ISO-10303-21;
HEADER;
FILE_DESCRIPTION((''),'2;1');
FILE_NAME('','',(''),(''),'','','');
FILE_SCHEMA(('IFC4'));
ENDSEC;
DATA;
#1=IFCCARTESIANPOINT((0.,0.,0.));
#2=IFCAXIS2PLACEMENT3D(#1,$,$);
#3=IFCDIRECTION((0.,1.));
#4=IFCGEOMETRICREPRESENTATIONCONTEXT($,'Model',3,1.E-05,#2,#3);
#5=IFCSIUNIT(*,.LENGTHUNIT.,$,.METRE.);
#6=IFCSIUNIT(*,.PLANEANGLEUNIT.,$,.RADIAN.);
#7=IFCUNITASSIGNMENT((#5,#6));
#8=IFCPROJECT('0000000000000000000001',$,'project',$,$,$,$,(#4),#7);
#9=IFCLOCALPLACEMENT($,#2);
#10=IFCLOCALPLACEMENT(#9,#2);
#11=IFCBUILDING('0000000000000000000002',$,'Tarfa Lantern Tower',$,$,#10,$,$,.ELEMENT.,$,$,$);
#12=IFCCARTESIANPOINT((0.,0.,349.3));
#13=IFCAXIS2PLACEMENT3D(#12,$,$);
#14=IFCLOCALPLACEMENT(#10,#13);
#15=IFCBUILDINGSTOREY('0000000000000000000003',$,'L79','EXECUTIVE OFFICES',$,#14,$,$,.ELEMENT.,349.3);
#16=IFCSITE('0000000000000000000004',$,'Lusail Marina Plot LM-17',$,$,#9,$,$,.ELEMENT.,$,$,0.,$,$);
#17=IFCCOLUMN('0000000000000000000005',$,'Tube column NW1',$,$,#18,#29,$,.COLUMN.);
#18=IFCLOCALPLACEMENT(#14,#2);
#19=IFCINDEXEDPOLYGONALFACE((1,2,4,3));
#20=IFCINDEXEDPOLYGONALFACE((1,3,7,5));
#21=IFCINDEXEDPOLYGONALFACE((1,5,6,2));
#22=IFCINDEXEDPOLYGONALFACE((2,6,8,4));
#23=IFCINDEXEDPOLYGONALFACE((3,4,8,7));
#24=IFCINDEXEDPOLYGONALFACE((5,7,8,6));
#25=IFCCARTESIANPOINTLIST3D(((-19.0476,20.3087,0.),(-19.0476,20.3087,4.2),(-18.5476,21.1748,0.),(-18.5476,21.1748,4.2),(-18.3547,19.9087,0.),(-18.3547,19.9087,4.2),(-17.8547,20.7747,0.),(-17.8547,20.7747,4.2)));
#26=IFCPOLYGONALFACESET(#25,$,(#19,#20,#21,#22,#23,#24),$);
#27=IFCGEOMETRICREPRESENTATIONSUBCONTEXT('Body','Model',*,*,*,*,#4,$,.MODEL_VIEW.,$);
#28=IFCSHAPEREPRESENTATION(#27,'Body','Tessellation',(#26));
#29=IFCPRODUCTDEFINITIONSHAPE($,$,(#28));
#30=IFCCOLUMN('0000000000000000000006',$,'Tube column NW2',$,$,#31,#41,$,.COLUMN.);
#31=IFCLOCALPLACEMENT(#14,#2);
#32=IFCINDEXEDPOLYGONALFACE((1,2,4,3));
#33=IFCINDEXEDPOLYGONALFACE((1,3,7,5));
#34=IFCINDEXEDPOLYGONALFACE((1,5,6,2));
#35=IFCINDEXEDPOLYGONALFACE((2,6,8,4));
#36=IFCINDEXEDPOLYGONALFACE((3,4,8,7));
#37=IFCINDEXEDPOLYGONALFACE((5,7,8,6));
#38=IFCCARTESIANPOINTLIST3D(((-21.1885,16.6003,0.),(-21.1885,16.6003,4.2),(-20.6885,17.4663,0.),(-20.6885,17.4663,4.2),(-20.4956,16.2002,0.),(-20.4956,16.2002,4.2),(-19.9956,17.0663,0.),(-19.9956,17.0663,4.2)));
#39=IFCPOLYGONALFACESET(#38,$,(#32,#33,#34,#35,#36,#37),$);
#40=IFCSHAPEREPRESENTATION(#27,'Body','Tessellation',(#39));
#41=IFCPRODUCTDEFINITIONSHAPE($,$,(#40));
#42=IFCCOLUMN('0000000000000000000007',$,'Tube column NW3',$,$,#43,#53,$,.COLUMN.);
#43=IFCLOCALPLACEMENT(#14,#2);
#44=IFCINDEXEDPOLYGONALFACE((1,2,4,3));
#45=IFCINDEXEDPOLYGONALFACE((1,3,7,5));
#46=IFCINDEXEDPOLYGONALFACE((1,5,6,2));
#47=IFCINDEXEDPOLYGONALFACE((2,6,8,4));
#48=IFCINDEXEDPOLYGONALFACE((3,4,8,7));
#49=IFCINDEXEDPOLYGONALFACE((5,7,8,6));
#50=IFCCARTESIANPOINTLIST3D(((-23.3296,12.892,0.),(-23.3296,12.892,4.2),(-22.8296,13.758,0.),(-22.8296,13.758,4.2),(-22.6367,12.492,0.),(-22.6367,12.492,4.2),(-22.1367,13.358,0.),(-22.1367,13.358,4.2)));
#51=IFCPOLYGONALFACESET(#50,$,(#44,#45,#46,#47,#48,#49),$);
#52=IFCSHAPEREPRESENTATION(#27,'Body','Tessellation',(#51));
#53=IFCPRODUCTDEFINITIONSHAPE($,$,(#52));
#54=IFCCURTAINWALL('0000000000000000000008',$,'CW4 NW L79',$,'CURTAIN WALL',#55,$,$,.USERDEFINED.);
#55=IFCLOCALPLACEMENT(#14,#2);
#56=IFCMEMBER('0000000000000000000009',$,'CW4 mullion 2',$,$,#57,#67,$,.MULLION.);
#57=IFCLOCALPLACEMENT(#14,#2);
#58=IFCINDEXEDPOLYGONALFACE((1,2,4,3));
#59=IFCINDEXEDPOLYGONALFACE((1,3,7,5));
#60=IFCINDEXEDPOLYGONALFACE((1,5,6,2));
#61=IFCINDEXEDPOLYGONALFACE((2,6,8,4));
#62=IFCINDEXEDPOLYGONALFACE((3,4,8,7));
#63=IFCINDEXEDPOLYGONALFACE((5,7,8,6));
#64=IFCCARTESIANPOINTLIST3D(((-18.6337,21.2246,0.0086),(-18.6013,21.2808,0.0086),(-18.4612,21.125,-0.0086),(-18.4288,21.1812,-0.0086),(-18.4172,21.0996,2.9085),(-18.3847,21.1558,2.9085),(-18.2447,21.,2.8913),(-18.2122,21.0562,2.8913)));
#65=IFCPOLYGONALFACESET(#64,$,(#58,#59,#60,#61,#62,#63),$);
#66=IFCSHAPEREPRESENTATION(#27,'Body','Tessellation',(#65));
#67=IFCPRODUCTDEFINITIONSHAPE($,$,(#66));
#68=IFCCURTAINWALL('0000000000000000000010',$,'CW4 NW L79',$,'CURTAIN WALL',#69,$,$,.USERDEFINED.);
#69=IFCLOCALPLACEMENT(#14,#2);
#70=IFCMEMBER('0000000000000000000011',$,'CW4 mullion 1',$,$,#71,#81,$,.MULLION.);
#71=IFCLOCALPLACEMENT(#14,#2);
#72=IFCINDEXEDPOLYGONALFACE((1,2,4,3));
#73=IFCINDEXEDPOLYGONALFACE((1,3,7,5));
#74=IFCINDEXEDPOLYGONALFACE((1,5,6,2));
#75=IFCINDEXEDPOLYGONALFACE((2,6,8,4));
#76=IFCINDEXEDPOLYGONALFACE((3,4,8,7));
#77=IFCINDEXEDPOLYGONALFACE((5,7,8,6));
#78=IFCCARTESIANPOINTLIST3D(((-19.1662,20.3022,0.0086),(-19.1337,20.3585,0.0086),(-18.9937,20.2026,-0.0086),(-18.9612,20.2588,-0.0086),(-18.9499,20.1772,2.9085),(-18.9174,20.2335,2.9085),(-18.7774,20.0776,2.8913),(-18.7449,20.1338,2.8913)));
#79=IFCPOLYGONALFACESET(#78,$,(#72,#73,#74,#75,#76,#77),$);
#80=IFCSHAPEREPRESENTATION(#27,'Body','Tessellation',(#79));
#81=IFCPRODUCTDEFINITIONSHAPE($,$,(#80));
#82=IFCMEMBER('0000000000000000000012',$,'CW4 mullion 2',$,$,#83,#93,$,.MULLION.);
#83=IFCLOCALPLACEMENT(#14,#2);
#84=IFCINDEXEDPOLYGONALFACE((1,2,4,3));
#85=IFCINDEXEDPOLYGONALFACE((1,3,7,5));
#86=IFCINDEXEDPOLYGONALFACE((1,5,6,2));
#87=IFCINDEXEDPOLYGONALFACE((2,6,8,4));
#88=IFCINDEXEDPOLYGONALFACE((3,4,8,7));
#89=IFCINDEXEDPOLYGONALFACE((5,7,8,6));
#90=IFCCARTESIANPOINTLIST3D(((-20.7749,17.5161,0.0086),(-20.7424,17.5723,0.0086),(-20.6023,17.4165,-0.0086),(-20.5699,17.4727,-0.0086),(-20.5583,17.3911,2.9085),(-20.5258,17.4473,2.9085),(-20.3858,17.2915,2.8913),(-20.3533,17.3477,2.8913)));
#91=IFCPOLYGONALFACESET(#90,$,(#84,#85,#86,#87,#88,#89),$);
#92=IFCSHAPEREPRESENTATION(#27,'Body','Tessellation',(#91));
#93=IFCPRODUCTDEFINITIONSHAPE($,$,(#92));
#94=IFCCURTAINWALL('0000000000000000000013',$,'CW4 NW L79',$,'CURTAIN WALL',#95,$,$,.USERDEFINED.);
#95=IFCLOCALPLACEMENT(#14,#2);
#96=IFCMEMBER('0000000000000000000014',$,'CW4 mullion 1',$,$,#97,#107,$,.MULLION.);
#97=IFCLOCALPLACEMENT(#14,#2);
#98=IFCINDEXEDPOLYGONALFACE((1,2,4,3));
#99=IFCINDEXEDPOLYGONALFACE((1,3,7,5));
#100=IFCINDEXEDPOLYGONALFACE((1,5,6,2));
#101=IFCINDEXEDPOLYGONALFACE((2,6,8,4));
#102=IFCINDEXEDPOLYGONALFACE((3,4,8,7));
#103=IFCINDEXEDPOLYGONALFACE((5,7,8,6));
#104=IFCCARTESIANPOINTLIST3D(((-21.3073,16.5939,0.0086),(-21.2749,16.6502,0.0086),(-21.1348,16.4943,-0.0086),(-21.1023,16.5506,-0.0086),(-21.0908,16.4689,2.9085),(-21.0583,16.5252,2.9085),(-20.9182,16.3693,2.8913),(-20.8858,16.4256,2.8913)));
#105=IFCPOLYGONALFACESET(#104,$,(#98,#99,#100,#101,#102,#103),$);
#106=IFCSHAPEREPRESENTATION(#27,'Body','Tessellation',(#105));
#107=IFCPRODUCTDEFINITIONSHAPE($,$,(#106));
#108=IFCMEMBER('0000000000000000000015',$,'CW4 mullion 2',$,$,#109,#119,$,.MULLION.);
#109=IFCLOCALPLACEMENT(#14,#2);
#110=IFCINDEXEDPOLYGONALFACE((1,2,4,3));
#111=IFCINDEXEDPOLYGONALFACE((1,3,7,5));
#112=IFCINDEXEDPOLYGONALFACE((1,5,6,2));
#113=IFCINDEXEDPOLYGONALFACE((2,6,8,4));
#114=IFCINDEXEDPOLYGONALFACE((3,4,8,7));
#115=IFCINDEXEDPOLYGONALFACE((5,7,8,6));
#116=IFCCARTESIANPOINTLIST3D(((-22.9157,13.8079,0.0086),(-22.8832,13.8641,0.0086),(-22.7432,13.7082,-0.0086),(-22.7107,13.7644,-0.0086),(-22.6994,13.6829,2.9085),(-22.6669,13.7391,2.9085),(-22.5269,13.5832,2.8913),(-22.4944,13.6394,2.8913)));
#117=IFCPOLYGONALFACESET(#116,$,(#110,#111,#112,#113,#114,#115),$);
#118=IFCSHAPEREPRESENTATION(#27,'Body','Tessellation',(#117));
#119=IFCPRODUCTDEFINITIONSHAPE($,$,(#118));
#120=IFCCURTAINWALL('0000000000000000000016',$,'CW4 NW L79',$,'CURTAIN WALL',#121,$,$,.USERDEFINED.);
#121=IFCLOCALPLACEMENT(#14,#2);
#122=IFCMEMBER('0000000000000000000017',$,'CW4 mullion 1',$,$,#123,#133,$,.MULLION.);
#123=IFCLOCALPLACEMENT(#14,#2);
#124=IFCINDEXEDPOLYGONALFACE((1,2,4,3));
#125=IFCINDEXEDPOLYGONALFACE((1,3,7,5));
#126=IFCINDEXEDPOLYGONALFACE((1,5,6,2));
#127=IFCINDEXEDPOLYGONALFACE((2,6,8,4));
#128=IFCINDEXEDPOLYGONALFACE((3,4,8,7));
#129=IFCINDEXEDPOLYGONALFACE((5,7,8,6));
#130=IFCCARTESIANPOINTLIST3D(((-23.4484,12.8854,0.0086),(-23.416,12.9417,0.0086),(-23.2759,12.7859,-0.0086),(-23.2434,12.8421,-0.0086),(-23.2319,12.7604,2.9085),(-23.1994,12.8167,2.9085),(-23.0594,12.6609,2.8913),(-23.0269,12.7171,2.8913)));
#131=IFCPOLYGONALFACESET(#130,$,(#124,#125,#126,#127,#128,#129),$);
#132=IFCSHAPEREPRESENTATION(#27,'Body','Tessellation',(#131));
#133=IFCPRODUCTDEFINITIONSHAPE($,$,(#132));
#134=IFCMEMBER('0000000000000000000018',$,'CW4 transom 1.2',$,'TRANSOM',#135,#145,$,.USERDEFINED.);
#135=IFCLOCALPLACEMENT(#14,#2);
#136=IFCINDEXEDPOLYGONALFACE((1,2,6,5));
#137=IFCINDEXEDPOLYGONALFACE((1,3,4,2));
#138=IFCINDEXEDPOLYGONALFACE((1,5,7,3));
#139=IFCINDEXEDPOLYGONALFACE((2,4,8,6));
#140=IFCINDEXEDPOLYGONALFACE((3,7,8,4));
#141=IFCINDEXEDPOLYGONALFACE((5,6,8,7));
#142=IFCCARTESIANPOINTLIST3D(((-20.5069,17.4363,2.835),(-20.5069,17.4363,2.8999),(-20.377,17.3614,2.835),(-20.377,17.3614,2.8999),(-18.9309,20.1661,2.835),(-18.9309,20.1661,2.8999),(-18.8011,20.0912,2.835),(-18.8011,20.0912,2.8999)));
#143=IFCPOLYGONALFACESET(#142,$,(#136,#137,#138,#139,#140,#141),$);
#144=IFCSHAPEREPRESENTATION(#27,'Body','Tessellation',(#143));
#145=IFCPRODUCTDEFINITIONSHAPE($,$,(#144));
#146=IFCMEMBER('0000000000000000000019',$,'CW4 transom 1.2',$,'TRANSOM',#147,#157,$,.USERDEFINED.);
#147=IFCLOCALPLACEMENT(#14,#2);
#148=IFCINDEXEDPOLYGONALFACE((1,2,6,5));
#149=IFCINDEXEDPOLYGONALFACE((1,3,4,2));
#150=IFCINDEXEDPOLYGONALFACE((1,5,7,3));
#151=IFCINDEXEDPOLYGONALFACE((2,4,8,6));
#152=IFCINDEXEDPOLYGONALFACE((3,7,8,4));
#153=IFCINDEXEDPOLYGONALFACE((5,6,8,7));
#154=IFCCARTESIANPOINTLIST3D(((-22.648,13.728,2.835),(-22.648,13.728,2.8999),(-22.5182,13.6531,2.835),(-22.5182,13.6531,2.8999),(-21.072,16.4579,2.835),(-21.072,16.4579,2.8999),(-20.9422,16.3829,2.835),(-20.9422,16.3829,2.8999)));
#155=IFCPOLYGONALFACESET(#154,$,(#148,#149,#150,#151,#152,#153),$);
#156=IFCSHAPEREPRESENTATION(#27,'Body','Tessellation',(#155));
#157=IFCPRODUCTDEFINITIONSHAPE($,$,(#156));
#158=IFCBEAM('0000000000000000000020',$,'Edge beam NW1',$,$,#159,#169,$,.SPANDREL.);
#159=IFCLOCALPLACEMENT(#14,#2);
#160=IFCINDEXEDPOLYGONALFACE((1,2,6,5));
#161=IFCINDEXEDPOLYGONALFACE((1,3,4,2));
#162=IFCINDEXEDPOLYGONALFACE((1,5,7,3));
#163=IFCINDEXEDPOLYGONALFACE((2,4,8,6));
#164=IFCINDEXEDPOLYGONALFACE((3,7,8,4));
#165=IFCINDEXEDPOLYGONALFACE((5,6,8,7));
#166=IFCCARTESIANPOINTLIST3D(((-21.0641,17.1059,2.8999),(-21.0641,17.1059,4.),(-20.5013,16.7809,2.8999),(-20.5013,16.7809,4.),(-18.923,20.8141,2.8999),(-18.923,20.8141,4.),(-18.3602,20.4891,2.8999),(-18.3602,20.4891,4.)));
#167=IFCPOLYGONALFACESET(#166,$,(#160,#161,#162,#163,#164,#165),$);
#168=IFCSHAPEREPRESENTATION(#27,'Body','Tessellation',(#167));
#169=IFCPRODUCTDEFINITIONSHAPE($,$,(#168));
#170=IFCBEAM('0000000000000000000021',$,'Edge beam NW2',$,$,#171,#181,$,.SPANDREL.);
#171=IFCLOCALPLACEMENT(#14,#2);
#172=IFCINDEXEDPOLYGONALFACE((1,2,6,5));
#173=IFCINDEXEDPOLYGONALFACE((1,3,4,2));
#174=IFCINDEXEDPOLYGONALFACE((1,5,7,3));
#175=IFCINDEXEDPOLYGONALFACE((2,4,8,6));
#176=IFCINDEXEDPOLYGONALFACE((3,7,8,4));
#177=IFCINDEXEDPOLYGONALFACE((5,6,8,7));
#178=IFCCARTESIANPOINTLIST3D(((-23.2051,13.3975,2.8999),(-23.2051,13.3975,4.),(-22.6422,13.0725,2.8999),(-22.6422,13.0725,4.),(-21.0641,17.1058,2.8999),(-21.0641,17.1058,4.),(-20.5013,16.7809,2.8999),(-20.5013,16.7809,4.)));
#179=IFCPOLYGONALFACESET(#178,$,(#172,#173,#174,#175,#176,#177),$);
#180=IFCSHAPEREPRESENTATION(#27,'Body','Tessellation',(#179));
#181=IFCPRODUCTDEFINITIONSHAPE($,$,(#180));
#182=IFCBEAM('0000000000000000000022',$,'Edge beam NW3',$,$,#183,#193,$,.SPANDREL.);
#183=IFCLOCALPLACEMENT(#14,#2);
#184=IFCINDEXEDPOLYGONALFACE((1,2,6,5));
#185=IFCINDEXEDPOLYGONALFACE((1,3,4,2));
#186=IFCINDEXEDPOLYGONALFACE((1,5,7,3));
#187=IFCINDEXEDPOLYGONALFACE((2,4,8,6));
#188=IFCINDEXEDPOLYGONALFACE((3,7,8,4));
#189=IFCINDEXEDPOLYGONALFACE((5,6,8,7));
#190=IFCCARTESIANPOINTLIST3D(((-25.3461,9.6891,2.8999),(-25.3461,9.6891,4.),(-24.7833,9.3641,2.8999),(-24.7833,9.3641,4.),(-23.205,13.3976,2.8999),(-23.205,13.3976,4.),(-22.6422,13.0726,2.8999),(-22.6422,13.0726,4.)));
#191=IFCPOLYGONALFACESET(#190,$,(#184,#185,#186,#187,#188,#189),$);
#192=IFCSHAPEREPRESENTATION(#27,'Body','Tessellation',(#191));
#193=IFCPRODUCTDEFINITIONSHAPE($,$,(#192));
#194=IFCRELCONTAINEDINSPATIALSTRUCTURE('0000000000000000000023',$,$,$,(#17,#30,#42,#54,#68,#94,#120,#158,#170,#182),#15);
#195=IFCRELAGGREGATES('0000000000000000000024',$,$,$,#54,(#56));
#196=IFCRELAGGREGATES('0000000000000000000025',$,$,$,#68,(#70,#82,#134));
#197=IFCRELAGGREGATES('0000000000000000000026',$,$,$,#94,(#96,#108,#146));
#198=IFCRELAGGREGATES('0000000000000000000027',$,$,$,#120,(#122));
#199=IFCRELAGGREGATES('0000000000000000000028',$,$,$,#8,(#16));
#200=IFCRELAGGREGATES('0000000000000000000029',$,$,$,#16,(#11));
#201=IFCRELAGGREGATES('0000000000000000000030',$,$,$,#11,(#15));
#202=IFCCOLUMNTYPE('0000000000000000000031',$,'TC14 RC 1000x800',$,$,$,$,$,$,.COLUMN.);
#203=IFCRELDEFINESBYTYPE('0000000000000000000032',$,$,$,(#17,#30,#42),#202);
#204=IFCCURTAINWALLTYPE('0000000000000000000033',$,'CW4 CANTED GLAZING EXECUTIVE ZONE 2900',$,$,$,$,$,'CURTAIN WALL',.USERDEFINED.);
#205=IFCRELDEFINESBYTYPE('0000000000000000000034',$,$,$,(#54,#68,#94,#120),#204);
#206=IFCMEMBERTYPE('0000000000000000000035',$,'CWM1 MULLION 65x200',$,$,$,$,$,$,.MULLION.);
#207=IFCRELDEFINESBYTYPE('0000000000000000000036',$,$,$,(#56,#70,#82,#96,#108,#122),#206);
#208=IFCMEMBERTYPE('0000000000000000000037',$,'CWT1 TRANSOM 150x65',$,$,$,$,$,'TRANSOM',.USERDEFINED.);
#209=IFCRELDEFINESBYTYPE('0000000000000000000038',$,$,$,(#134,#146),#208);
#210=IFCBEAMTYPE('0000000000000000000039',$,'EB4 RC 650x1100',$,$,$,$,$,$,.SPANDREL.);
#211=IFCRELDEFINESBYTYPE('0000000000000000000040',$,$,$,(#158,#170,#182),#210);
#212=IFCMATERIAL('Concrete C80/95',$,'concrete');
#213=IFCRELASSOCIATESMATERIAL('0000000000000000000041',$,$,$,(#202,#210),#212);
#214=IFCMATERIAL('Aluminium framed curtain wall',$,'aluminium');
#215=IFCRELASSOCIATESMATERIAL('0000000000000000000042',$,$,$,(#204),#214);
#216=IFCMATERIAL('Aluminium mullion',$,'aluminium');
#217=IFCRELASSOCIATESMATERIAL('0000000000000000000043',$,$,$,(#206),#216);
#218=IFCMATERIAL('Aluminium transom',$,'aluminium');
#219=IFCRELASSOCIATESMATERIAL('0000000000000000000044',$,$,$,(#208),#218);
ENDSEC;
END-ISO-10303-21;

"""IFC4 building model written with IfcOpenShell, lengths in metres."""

from ifc_helpers import new_model, si_unit, direction, frame, origin, origin_2d, place, context, subcontext, project, spatial, rectangle, extrude, material, material_profile, profile_set, type_object, element, aggregate, save


model = new_model("IFC4")

# Units and contexts
model_context = context("Model", 3, precision=1e-05, world=origin(), true_north=direction((0.0, 1.0)))
body_context = subcontext(model_context, "Body", "Model", "MODEL_VIEW")
ifc_project = project(units=[si_unit("LENGTHUNIT", "METRE"), si_unit("PLANEANGLEUNIT", "RADIAN")], contexts=[model_context])

# Site, building, storey
site_placement = place(None, origin())
site = spatial("IfcSite", under=ifc_project, at=site_placement, Name="Lusail Marina Plot LM-17", CompositionType="ELEMENT", RefElevation=0.0)
building_placement = place(site_placement, origin())
building = spatial("IfcBuilding", under=site, at=building_placement, Name="Tarfa Lantern Tower", CompositionType="ELEMENT")
storey_placement = place(building_placement, frame((0.0, 0.0, 349.3)))
storey = spatial("IfcBuildingStorey", under=building, at=storey_placement, Name="L79", Description="EXECUTIVE OFFICES", CompositionType="ELEMENT", Elevation=349.3)

# Columns
ifc_material_1 = material(Name="Concrete C80/95", Category="concrete")
ifc_material_profile_1 = material_profile(ifc_material_1, rectangle(XDim=1.0, YDim=0.8, at=origin_2d()), Name="RC 1000x800")
ifc_profile_set_1 = profile_set([ifc_material_profile_1], Name="Concrete C80/95")
column_type = type_object("IfcColumnType", Name="TC14 RC 1000x800", PredefinedType="COLUMN", material=ifc_profile_set_1)
for number, where, z_axis, x_axis, name in (
    (1, (-18.4512, 20.5417, 0.0), (0.0, 0.0, 1.0), (-0.5, -0.866025, 0.0), "Tube column NW1"),
    (2, (-20.592, 16.8333, 0.0), (0.0, 0.0, 1.0), (-0.5, -0.866025, 0.0), "Tube column NW2"),
    (3, (-22.7332, 13.125, 0.0), (0.0, 0.0, 1.0), (-0.5, -0.866025, 0.0), "Tube column NW3"),
):
    element("IfcColumn", number, at=place(storey_placement, frame(where, z_axis=z_axis, x_axis=x_axis)), inside=storey, type_object=column_type, Name=name, PredefinedType="COLUMN", context=body_context, shape_type="SweptSolid", body=[
        extrude(rectangle(XDim=1.0, YDim=0.8, at=origin_2d()), origin(), (0.0, 0.0, 1.0), 4.2),
    ])

# Curtain wall, member
ifc_material_2 = material(Name="Aluminium framed curtain wall", Category="aluminium")
curtain_wall_type = type_object("IfcCurtainWallType", Name="CW4 CANTED GLAZING EXECUTIVE ZONE 2900", ElementType="CURTAIN WALL", PredefinedType="USERDEFINED", material=ifc_material_2)
curtain_wall_1_placement = place(storey_placement, origin())
curtain_wall_1 = element("IfcCurtainWall", 4, at=curtain_wall_1_placement, inside=storey, type_object=curtain_wall_type, Name="CW4 NW L79", ObjectType="CURTAIN WALL", PredefinedType="USERDEFINED")
ifc_material_3 = material(Name="Aluminium mullion", Category="aluminium")
ifc_material_profile_2 = material_profile(ifc_material_3, rectangle(XDim=0.0649, YDim=0.2, at=origin_2d()), Name="AL MULLION 65x200")
ifc_profile_set_2 = profile_set([ifc_material_profile_2], Name="Aluminium mullion")
member_type_1 = type_object("IfcMemberType", Name="CWM1 MULLION 65x200", PredefinedType="MULLION", material=ifc_profile_set_2)
member_1_placement = place(storey_placement, frame((-18.5312, 21.2029, 0.0), z_axis=(0.0744, -0.042946, 0.996303), x_axis=(0.49992, 0.866072, 0.0)))
member_1 = element("IfcMember", 5, at=member_1_placement, type_object=member_type_1, Name="CW4 mullion 2", PredefinedType="MULLION", context=body_context, shape_type="SweptSolid", body=[
    extrude(rectangle(XDim=0.0649, YDim=0.2, at=origin_2d()), origin(), (0.0, 0.0, 1.0), 2.9106),
])
aggregate(curtain_wall_1, [member_1])

# Curtain walls, members
curtain_wall_2_placement = place(storey_placement, origin())
curtain_wall_2 = element("IfcCurtainWall", 6, at=curtain_wall_2_placement, inside=storey, type_object=curtain_wall_type, Name="CW4 NW L79", ObjectType="CURTAIN WALL", PredefinedType="USERDEFINED")
member_2_placement = place(storey_placement, frame((-19.0637, 20.2805, 0.0), z_axis=(0.074316, -0.042946, 0.99631), x_axis=(0.500343, 0.865827, 0.0)))
member_2 = element("IfcMember", 7, at=member_2_placement, type_object=member_type_1, Name="CW4 mullion 1", PredefinedType="MULLION", context=body_context, shape_type="SweptSolid", body=[
    extrude(rectangle(XDim=0.0649, YDim=0.2, at=origin_2d()), origin(), (0.0, 0.0, 1.0), 2.9106),
])
member_3_placement = place(storey_placement, frame((-20.6724, 17.4944, 0.0), z_axis=(0.0744, -0.042946, 0.996303), x_axis=(0.49992, 0.866072, 0.0)))
member_3 = element("IfcMember", 8, at=member_3_placement, type_object=member_type_1, Name="CW4 mullion 2", PredefinedType="MULLION", context=body_context, shape_type="SweptSolid", body=[
    extrude(rectangle(XDim=0.0649, YDim=0.2, at=origin_2d()), origin(), (0.0, 0.0, 1.0), 2.9106),
])
curtain_wall_3_placement = place(storey_placement, origin())
curtain_wall_3 = element("IfcCurtainWall", 9, at=curtain_wall_3_placement, inside=storey, type_object=curtain_wall_type, Name="CW4 NW L79", ObjectType="CURTAIN WALL", PredefinedType="USERDEFINED")
member_4_placement = place(storey_placement, frame((-21.2048, 16.5723, 0.0), z_axis=(0.0744, -0.042946, 0.996303), x_axis=(0.49992, 0.866072, 0.0)))
member_4 = element("IfcMember", 10, at=member_4_placement, type_object=member_type_1, Name="CW4 mullion 1", PredefinedType="MULLION", context=body_context, shape_type="SweptSolid", body=[
    extrude(rectangle(XDim=0.0649, YDim=0.2, at=origin_2d()), origin(), (0.0, 0.0, 1.0), 2.9106),
])
member_5_placement = place(storey_placement, frame((-22.8132, 13.7861, 0.0), z_axis=(0.074316, -0.042946, 0.99631), x_axis=(0.500343, 0.865827, 0.0)))
member_5 = element("IfcMember", 11, at=member_5_placement, type_object=member_type_1, Name="CW4 mullion 2", PredefinedType="MULLION", context=body_context, shape_type="SweptSolid", body=[
    extrude(rectangle(XDim=0.0649, YDim=0.2, at=origin_2d()), origin(), (0.0, 0.0, 1.0), 2.9106),
])

# Curtain wall, member
curtain_wall_4_placement = place(storey_placement, origin())
curtain_wall_4 = element("IfcCurtainWall", 12, at=curtain_wall_4_placement, inside=storey, type_object=curtain_wall_type, Name="CW4 NW L79", ObjectType="CURTAIN WALL", PredefinedType="USERDEFINED")
member_6_placement = place(storey_placement, frame((-23.3459, 12.8638, 0.0), z_axis=(0.0744, -0.042946, 0.996303), x_axis=(0.49992, 0.866072, 0.0)))
member_6 = element("IfcMember", 13, at=member_6_placement, type_object=member_type_1, Name="CW4 mullion 1", PredefinedType="MULLION", context=body_context, shape_type="SweptSolid", body=[
    extrude(rectangle(XDim=0.0649, YDim=0.2, at=origin_2d()), origin(), (0.0, 0.0, 1.0), 2.9106),
])

# Members
ifc_material_4 = material(Name="Aluminium transom", Category="aluminium")
ifc_material_profile_3 = material_profile(ifc_material_4, rectangle(XDim=0.1499, YDim=0.0649, at=origin_2d()), Name="AL TRANSOM 150x65")
ifc_profile_set_3 = profile_set([ifc_material_profile_3], Name="Aluminium transom")
member_type_2 = type_object("IfcMemberType", Name="CWT1 TRANSOM 150x65", ElementType="TRANSOM", PredefinedType="USERDEFINED", material=ifc_profile_set_3)
member_7_placement = place(storey_placement, frame((-18.866, 20.1287, 2.8674), z_axis=(-0.499979, -0.866037, 0.0), x_axis=(0.866037, -0.499979, 0.0)))
member_7 = element("IfcMember", 14, at=member_7_placement, type_object=member_type_2, Name="CW4 transom 1.2", ObjectType="TRANSOM", PredefinedType="USERDEFINED", context=body_context, shape_type="SweptSolid", body=[
    extrude(rectangle(XDim=0.1499, YDim=0.0649, at=origin_2d()), origin(), (0.0, 0.0, 1.0), 3.1521),
])
member_8_placement = place(storey_placement, frame((-21.0071, 16.4204, 2.8674), z_axis=(-0.499979, -0.866037, 0.0), x_axis=(0.866037, -0.499979, 0.0)))
member_8 = element("IfcMember", 15, at=member_8_placement, type_object=member_type_2, Name="CW4 transom 1.2", ObjectType="TRANSOM", PredefinedType="USERDEFINED", context=body_context, shape_type="SweptSolid", body=[
    extrude(rectangle(XDim=0.1499, YDim=0.0649, at=origin_2d()), origin(), (0.0, 0.0, 1.0), 3.1521),
])

# Beams
ifc_material_profile_4 = material_profile(ifc_material_1, rectangle(XDim=0.6499, YDim=1.1001, at=origin_2d()), Name="RC 650x1100")
ifc_profile_set_4 = profile_set([ifc_material_profile_4], Name="Concrete C80/95")
beam_type_1 = type_object("IfcBeamType", Name="EB4 RC 650x1100", PredefinedType="SPANDREL", material=ifc_profile_set_4)
for number, where, z_axis, x_axis, name in (
    (16, (-18.6416, 20.6516, 3.45), (-0.500027, -0.86601, 0.0), (0.86601, -0.500027, 0.0), "Edge beam NW1"),
    (17, (-20.7827, 16.9434, 3.45), (-0.499984, -0.866035, 0.0), (0.866035, -0.499984, 0.0), "Edge beam NW2"),
):
    element("IfcBeam", number, at=place(storey_placement, frame(where, z_axis=z_axis, x_axis=x_axis)), inside=storey, type_object=beam_type_1, Name=name, PredefinedType="SPANDREL", context=body_context, shape_type="SweptSolid", body=[
        extrude(rectangle(XDim=0.6499, YDim=1.1001, at=origin_2d()), origin(), (0.0, 0.0, 1.0), 4.282),
    ])
beam_1_placement = place(storey_placement, frame((-22.9236, 13.2351, 3.45), z_axis=(-0.500002, -0.866024, 0.0), x_axis=(0.866024, -0.500002, 0.0)))
element("IfcBeam", 18, at=beam_1_placement, inside=storey, type_object=beam_type_1, Name="Edge beam NW3", PredefinedType="SPANDREL", context=body_context, shape_type="SweptSolid", body=[
    extrude(rectangle(XDim=0.6499, YDim=1.1001, at=origin_2d()), origin(), (0.0, 0.0, 1.0), 4.2822),
])

aggregate(curtain_wall_2, [member_2, member_3, member_7])
aggregate(curtain_wall_3, [member_4, member_5, member_8])
aggregate(curtain_wall_4, [member_6])

save(model, "model.ifc")
